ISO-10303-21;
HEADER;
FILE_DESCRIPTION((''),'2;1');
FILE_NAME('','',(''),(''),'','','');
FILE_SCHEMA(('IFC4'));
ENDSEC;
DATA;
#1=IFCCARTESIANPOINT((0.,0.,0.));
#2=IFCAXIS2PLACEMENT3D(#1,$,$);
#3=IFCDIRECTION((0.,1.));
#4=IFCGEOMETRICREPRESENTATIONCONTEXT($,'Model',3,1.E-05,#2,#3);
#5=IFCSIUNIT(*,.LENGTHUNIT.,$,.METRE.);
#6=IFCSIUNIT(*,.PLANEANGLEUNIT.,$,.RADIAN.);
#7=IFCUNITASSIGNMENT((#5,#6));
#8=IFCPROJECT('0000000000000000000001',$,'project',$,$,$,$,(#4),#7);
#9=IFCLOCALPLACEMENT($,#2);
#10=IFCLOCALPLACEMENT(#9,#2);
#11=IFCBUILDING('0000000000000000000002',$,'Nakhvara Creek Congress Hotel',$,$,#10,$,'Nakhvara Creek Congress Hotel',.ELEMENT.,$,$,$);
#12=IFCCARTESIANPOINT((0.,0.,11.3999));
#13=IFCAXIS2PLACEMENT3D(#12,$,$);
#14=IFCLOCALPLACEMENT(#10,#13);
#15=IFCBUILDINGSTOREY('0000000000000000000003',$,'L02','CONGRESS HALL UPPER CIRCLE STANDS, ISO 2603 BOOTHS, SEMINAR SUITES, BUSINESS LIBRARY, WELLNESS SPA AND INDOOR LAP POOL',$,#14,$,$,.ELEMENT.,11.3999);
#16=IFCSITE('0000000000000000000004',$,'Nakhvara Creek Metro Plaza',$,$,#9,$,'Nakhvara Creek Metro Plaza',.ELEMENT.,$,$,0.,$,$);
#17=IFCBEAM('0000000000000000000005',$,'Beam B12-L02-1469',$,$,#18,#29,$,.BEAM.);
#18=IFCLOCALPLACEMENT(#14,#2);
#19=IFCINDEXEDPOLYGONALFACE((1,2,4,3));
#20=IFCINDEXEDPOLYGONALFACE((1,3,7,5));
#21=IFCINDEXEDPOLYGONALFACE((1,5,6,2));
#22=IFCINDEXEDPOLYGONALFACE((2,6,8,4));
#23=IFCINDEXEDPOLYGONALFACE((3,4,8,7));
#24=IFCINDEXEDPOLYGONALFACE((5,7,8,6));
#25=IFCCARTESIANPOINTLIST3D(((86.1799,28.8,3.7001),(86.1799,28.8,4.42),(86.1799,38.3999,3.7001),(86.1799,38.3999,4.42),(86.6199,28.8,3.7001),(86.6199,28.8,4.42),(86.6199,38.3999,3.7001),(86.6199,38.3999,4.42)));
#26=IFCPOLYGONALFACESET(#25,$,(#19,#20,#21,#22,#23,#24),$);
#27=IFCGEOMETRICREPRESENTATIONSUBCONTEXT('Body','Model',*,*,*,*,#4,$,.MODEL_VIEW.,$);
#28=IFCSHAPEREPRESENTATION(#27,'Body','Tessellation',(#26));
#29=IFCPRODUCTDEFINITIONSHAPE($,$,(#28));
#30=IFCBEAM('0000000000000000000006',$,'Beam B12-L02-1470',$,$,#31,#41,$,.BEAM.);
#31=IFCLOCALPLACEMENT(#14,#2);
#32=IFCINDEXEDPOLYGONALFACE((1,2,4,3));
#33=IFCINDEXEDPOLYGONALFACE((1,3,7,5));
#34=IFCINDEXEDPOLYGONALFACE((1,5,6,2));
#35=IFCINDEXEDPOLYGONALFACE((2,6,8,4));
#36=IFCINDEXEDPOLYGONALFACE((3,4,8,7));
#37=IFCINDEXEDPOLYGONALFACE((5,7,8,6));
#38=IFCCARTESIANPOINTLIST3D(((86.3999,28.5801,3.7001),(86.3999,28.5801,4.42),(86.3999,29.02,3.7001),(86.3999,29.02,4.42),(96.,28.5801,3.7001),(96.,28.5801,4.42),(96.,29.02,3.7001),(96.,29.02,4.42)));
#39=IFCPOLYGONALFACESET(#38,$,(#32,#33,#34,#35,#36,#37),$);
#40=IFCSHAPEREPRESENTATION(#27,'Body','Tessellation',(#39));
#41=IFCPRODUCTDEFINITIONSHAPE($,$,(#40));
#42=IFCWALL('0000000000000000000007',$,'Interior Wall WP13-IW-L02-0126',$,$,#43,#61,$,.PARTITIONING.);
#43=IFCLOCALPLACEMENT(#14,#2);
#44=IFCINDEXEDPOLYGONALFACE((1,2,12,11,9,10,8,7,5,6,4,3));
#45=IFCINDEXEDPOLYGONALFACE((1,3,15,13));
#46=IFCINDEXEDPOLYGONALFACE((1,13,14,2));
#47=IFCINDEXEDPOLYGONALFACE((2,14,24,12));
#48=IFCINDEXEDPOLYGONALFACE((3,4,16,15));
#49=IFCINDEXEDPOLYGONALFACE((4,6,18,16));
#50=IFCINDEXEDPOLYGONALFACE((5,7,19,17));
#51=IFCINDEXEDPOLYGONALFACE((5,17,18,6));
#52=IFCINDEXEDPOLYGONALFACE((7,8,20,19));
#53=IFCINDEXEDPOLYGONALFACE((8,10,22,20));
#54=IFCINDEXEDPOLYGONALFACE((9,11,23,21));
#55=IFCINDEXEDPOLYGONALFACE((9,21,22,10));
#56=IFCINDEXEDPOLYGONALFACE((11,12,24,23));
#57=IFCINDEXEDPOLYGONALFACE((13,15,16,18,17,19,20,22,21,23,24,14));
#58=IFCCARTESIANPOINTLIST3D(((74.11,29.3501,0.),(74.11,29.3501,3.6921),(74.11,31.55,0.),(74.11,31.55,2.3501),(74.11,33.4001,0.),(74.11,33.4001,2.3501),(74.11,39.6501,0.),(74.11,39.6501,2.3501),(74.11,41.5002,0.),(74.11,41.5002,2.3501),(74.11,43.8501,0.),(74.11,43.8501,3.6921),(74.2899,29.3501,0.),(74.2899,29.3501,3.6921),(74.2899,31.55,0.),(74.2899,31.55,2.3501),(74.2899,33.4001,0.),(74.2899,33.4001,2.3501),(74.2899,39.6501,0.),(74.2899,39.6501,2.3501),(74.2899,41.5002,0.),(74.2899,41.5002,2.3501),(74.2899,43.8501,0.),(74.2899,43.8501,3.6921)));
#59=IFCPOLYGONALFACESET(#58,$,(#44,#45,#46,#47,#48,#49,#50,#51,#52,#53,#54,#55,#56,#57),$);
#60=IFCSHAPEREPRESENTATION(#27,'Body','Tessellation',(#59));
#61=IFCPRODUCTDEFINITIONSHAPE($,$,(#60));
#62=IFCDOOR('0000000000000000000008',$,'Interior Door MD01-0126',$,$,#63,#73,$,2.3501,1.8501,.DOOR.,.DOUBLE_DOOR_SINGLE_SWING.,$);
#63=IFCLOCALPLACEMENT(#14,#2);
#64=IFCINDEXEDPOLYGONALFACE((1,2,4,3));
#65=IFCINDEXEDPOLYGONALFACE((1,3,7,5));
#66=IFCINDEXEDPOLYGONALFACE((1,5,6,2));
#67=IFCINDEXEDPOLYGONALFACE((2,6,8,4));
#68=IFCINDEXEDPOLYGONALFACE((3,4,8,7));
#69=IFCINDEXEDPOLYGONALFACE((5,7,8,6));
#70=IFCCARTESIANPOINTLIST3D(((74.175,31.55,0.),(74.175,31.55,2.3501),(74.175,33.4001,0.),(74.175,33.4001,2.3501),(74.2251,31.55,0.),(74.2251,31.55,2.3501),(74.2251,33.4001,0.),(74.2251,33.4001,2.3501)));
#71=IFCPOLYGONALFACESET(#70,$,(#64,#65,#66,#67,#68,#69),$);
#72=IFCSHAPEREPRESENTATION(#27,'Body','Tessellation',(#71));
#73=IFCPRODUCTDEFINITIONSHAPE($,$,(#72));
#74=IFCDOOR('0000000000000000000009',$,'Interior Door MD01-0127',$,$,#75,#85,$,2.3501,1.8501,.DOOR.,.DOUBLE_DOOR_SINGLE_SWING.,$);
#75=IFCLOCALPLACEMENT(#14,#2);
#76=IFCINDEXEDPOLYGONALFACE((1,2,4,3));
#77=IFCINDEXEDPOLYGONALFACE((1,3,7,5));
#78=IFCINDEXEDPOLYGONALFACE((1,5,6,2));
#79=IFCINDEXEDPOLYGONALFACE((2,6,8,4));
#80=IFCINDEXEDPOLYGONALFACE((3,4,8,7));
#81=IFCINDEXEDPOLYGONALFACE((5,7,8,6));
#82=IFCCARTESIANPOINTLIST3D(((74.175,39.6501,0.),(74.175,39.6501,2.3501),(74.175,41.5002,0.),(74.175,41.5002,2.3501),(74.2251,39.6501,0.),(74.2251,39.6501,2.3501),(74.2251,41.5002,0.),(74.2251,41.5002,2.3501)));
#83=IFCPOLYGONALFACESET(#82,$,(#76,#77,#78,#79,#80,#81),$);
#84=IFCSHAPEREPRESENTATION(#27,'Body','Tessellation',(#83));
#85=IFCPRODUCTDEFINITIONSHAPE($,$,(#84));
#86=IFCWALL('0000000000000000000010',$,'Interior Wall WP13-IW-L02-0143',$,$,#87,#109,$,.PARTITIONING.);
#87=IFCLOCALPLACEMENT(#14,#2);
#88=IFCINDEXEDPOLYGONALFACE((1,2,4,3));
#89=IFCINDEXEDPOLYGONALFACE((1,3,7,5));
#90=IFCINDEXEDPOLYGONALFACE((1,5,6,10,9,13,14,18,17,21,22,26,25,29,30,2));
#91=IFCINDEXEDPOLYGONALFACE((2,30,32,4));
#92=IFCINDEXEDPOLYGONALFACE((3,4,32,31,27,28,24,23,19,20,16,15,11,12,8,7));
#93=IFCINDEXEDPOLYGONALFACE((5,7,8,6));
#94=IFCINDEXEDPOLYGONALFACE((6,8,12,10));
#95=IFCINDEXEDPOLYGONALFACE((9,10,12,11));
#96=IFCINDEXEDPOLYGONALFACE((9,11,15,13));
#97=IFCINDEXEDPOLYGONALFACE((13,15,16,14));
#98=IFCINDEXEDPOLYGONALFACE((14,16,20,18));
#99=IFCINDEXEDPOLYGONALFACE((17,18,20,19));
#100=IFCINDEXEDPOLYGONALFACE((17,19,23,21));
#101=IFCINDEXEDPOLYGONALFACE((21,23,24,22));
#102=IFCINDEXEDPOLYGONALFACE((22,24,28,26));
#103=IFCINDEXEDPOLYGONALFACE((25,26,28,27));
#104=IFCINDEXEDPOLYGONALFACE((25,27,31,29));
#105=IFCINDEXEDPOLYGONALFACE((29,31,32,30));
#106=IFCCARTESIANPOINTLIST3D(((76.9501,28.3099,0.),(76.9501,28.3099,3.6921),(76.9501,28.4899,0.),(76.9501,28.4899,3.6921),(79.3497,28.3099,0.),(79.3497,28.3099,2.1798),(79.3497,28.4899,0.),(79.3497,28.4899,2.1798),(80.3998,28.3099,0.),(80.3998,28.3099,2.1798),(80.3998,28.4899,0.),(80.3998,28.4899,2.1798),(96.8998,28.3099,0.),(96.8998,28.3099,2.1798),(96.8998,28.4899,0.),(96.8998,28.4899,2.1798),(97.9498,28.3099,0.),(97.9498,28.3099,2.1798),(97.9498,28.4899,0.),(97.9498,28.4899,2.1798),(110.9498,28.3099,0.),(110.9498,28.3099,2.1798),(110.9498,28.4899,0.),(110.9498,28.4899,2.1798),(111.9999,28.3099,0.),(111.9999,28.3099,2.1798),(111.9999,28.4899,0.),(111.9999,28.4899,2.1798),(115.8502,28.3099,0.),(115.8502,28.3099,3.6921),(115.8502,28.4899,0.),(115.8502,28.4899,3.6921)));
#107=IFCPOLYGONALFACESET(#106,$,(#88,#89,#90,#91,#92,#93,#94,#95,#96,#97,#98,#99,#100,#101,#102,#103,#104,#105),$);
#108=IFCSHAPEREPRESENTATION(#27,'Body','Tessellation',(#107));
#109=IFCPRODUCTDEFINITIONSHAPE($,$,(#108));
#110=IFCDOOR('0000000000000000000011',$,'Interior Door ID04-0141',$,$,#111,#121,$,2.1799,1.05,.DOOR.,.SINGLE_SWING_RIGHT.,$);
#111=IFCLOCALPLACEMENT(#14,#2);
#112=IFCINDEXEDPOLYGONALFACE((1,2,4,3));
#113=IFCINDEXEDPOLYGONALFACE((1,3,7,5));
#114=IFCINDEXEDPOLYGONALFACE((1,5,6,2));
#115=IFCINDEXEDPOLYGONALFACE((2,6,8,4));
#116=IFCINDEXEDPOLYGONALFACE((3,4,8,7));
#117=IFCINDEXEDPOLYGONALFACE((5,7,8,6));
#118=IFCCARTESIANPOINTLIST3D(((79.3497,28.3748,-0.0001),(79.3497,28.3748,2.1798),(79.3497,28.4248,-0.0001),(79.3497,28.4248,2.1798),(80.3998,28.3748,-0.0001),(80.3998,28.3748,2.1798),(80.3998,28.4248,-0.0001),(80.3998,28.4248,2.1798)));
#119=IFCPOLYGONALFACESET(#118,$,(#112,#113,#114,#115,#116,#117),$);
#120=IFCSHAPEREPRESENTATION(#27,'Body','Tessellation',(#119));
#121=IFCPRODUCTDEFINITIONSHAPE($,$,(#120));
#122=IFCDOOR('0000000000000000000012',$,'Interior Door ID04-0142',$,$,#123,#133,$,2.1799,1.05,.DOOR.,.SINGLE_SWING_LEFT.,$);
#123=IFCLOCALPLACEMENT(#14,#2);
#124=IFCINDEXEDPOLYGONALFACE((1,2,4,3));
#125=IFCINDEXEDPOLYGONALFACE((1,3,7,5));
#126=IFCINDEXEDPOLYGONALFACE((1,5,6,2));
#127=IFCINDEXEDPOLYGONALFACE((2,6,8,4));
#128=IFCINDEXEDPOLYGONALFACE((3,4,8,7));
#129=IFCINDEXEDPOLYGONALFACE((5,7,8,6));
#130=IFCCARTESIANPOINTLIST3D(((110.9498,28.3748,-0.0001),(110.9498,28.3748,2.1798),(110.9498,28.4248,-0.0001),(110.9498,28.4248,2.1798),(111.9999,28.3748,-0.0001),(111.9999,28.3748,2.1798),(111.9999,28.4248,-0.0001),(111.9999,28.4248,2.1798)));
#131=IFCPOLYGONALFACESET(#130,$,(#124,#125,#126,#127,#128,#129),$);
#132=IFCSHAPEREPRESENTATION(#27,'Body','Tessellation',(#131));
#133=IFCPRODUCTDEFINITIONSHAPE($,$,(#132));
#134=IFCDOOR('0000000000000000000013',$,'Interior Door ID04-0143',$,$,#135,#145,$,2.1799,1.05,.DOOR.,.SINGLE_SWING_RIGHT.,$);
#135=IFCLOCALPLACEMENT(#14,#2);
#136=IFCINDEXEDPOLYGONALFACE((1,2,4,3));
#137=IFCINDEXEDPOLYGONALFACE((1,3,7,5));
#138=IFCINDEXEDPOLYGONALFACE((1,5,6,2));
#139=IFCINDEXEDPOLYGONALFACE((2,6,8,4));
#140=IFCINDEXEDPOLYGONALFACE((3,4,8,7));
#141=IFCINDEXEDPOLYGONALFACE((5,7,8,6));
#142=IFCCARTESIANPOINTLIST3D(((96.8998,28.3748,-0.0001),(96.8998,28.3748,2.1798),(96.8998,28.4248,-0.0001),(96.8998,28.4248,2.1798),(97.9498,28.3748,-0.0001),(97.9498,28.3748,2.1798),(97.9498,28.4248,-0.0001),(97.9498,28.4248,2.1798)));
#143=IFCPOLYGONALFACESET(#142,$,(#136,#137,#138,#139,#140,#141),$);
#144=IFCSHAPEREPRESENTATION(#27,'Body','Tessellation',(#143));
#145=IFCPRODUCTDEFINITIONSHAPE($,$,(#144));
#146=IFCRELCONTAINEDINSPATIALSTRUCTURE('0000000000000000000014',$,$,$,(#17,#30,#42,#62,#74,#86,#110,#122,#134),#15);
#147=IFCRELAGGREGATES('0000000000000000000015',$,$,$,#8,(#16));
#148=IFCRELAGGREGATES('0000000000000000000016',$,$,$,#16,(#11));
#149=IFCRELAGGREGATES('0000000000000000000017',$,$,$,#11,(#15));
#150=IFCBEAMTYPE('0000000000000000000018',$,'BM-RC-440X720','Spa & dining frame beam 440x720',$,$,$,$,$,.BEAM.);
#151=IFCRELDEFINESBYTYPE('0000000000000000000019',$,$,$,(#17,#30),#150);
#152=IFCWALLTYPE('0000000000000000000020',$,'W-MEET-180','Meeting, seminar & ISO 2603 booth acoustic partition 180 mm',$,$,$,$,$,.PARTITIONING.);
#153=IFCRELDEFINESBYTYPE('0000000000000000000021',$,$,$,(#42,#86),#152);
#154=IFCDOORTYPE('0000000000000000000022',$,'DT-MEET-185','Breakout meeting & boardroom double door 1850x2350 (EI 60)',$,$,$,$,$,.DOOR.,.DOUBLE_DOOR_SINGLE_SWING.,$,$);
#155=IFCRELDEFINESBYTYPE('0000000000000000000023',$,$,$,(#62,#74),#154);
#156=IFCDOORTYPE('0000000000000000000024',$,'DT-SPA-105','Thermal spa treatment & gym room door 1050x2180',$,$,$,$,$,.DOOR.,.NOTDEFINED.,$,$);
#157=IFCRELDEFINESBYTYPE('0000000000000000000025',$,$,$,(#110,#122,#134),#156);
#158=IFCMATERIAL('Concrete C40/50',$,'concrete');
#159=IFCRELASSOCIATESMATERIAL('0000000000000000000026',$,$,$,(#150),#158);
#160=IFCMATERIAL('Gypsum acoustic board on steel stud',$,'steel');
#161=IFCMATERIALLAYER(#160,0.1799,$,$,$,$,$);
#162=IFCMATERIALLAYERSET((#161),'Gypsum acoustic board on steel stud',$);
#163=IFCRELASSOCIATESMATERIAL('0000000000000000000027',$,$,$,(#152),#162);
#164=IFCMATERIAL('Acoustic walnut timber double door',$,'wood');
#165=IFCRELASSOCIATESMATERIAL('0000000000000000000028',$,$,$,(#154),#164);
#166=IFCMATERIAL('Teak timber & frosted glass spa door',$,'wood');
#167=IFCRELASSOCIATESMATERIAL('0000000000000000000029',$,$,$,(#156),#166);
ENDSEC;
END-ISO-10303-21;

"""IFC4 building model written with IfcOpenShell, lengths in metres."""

from ifc_helpers import new_model, si_unit, direction, frame, frame_2d, origin, origin_2d, place, context, subcontext, project, spatial, rectangle, extrude, material, layer, layer_set, material_profile, profile_set, type_object, element, fill, save


model = new_model("IFC4")

# Units and contexts
model_context = context("Model", 3, precision=1e-05, world=origin(), true_north=direction((0.0, 1.0)))
body_context = subcontext(model_context, "Body", "Model", "MODEL_VIEW")
ifc_project = project(units=[si_unit("LENGTHUNIT", "METRE"), si_unit("PLANEANGLEUNIT", "RADIAN")], contexts=[model_context])

# Site, building, storey
site_placement = place(None, origin())
site = spatial("IfcSite", under=ifc_project, at=site_placement, Name="Nakhvara Creek Metro Plaza", LongName="Nakhvara Creek Metro Plaza", CompositionType="ELEMENT", RefElevation=0.0)
building_placement = place(site_placement, origin())
building = spatial("IfcBuilding", under=site, at=building_placement, Name="Nakhvara Creek Congress Hotel", LongName="Nakhvara Creek Congress Hotel", CompositionType="ELEMENT")
storey_placement = place(building_placement, frame((0.0, 0.0, 11.3999)))
storey = spatial("IfcBuildingStorey", under=building, at=storey_placement, Name="L02", Description="CONGRESS HALL UPPER CIRCLE STANDS, ISO 2603 BOOTHS, SEMINAR SUITES, BUSINESS LIBRARY, WELLNESS SPA AND INDOOR LAP POOL", CompositionType="ELEMENT", Elevation=11.3999)

# Beams
ifc_material_1 = material(Name="Concrete C40/50", Category="concrete")
ifc_material_profile_1 = material_profile(ifc_material_1, rectangle(XDim=0.4399, YDim=0.72, at=origin_2d()), Name="RC-BM 440x720", Category="LoadBearing")
ifc_profile_set_1 = profile_set([ifc_material_profile_1], Name="Concrete C40/50")
beam_type_1 = type_object("IfcBeamType", Name="BM-RC-440X720", Description="Spa & dining frame beam 440x720", PredefinedType="BEAM", material=ifc_profile_set_1)
for number, where, z_axis, x_axis, name in (
    (1, (86.3999, 28.8, 4.0601), (0.0, 1.0, 0.0), (-1.0, 0.0, 0.0), "Beam B12-L02-1469"),
):
    element("IfcBeam", number, at=place(storey_placement, frame(where, z_axis=z_axis, x_axis=x_axis)), inside=storey, type_object=beam_type_1, Name=name, PredefinedType="BEAM", context=body_context, shape_type="SweptSolid", body=[
        extrude(rectangle(XDim=0.4399, YDim=0.72, at=origin_2d()), origin(), (0.0, 0.0, 1.0), 9.5999),
    ])
beam_1_placement = place(storey_placement, frame((86.3999, 28.8, 4.0601), z_axis=(1.0, 0.0, 0.0), x_axis=(0.0, 1.0, 0.0)))
element("IfcBeam", 2, at=beam_1_placement, inside=storey, type_object=beam_type_1, Name="Beam B12-L02-1470", PredefinedType="BEAM", context=body_context, shape_type="SweptSolid", body=[
    extrude(rectangle(XDim=0.4399, YDim=0.72, at=origin_2d()), origin(), (0.0, 0.0, 1.0), 9.6001),
])

# Walls, openings, doors
ifc_material_2 = material(Name="Gypsum acoustic board on steel stud", Category="steel")
ifc_layer_1 = layer(ifc_material_2, 0.1799)
ifc_layer_set_1 = layer_set([ifc_layer_1], Name="Gypsum acoustic board on steel stud")
wall_type = type_object("IfcWallType", Name="W-MEET-180", Description="Meeting, seminar & ISO 2603 booth acoustic partition 180 mm", PredefinedType="PARTITIONING", material=ifc_layer_set_1)
wall_1_placement = place(storey_placement, frame((74.2, 29.3501, 0.0), z_axis=(0.0, 0.0, 1.0), x_axis=(0.0, 1.0, 0.0)))
wall_1 = element("IfcWall", 3, at=wall_1_placement, inside=storey, type_object=wall_type, Name="Interior Wall WP13-IW-L02-0126", PredefinedType="PARTITIONING", context=body_context, shape_type="SweptSolid", body=[
    extrude(rectangle(XDim=14.5, YDim=0.1799, at=frame_2d((7.25, 0.0))), origin(), (0.0, 0.0, 1.0), 3.6921),
])
opening_1_placement = place(wall_1_placement, frame((2.2, 0.0, 0.0)))
opening_1 = element("IfcOpeningElement", 4, at=opening_1_placement, cuts=wall_1, PredefinedType="OPENING", context=body_context, shape_type="SweptSolid", body=[
    extrude(rectangle(XDim=1.8501, YDim=2.3501, at=frame_2d((0.925, 1.175))), frame((0.0, 0.1021, 0.0), z_axis=(0.0, -1.0, 0.0), x_axis=(1.0, 0.0, 0.0)), (0.0, 0.0, 1.0), 0.2039),
])
opening_2_placement = place(wall_1_placement, frame((10.3, 0.0, 0.0)))
opening_2 = element("IfcOpeningElement", 5, at=opening_2_placement, cuts=wall_1, PredefinedType="OPENING", context=body_context, shape_type="SweptSolid", body=[
    extrude(rectangle(XDim=1.8501, YDim=2.3501, at=frame_2d((0.925, 1.175))), frame((0.0, 0.1021, 0.0), z_axis=(0.0, -1.0, 0.0), x_axis=(1.0, 0.0, 0.0)), (0.0, 0.0, 1.0), 0.2039),
])
ifc_material_3 = material(Name="Acoustic walnut timber double door", Category="wood")
door_type_1 = type_object("IfcDoorType", Name="DT-MEET-185", Description="Breakout meeting & boardroom double door 1850x2350 (EI 60)", OperationType="DOUBLE_DOOR_SINGLE_SWING", PredefinedType="DOOR", material=ifc_material_3)
door_1_placement = place(opening_1_placement, origin())
door_1 = element("IfcDoor", 6, at=door_1_placement, inside=storey, type_object=door_type_1, Name="Interior Door MD01-0126", OperationType="DOUBLE_DOOR_SINGLE_SWING", OverallHeight=2.3501, OverallWidth=1.8501, PredefinedType="DOOR", context=body_context, shape_type="SweptSolid", body=[
    extrude(rectangle(XDim=1.8501, YDim=2.3501, at=frame_2d((0.925, 1.175))), frame((0.0, 0.0249, 0.0), z_axis=(0.0, -1.0, 0.0), x_axis=(1.0, 0.0, 0.0)), (0.0, 0.0, 1.0), 0.05),
])
fill(opening_1, door_1)
door_2_placement = place(opening_2_placement, origin())
door_2 = element("IfcDoor", 7, at=door_2_placement, inside=storey, type_object=door_type_1, Name="Interior Door MD01-0127", OperationType="DOUBLE_DOOR_SINGLE_SWING", OverallHeight=2.3501, OverallWidth=1.8501, PredefinedType="DOOR", context=body_context, shape_type="SweptSolid", body=[
    extrude(rectangle(XDim=1.8501, YDim=2.3501, at=frame_2d((0.925, 1.175))), frame((0.0, 0.0249, 0.0), z_axis=(0.0, -1.0, 0.0), x_axis=(1.0, 0.0, 0.0)), (0.0, 0.0, 1.0), 0.05),
])
fill(opening_2, door_2)
wall_2_placement = place(storey_placement, frame((76.95, 28.3999, 0.0), z_axis=(0.0, 0.0, 1.0), x_axis=(1.0, 0.0, 0.0)))
wall_2 = element("IfcWall", 8, at=wall_2_placement, inside=storey, type_object=wall_type, Name="Interior Wall WP13-IW-L02-0143", PredefinedType="PARTITIONING", context=body_context, shape_type="SweptSolid", body=[
    extrude(rectangle(XDim=38.9001, YDim=0.1799, at=frame_2d((19.4502, 0.0))), origin(), (0.0, 0.0, 1.0), 3.6921),
])
opening_3_placement = place(wall_2_placement, frame((2.3999, 0.0, 0.0)))
opening_3 = element("IfcOpeningElement", 9, at=opening_3_placement, cuts=wall_2, PredefinedType="OPENING", context=body_context, shape_type="SweptSolid", body=[
    extrude(rectangle(XDim=1.05, YDim=2.1799, at=frame_2d((0.5249, 1.0898))), frame((0.0, 0.1021, 0.0), z_axis=(0.0, -1.0, 0.0), x_axis=(1.0, 0.0, 0.0)), (0.0, 0.0, 1.0), 0.2039),
])
opening_4_placement = place(wall_2_placement, frame((34.0, 0.0, 0.0)))
opening_4 = element("IfcOpeningElement", 10, at=opening_4_placement, cuts=wall_2, PredefinedType="OPENING", context=body_context, shape_type="SweptSolid", body=[
    extrude(rectangle(XDim=1.05, YDim=2.1799, at=frame_2d((0.5249, 1.0898))), frame((0.0, 0.1021, 0.0), z_axis=(0.0, -1.0, 0.0), x_axis=(1.0, 0.0, 0.0)), (0.0, 0.0, 1.0), 0.2039),
])
opening_5_placement = place(wall_2_placement, frame((19.95, 0.0, 0.0)))
opening_5 = element("IfcOpeningElement", 11, at=opening_5_placement, cuts=wall_2, PredefinedType="OPENING", context=body_context, shape_type="SweptSolid", body=[
    extrude(rectangle(XDim=1.05, YDim=2.1799, at=frame_2d((0.5249, 1.0898))), frame((0.0, 0.1021, 0.0), z_axis=(0.0, -1.0, 0.0), x_axis=(1.0, 0.0, 0.0)), (0.0, 0.0, 1.0), 0.2039),
])
ifc_material_4 = material(Name="Teak timber & frosted glass spa door", Category="wood")
door_type_2 = type_object("IfcDoorType", Name="DT-SPA-105", Description="Thermal spa treatment & gym room door 1050x2180", OperationType="NOTDEFINED", PredefinedType="DOOR", material=ifc_material_4)
door_3_placement = place(opening_3_placement, origin())
door_3 = element("IfcDoor", 12, at=door_3_placement, inside=storey, type_object=door_type_2, Name="Interior Door ID04-0141", OperationType="SINGLE_SWING_RIGHT", OverallHeight=2.1799, OverallWidth=1.05, PredefinedType="DOOR", context=body_context, shape_type="SweptSolid", body=[
    extrude(rectangle(XDim=1.05, YDim=2.1799, at=frame_2d((0.5249, 1.0898))), frame((0.0, 0.0249, 0.0), z_axis=(0.0, -1.0, 0.0), x_axis=(1.0, 0.0, 0.0)), (0.0, 0.0, 1.0), 0.05),
])
fill(opening_3, door_3)
door_4_placement = place(opening_4_placement, origin())
door_4 = element("IfcDoor", 13, at=door_4_placement, inside=storey, type_object=door_type_2, Name="Interior Door ID04-0142", OperationType="SINGLE_SWING_LEFT", OverallHeight=2.1799, OverallWidth=1.05, PredefinedType="DOOR", context=body_context, shape_type="SweptSolid", body=[
    extrude(rectangle(XDim=1.05, YDim=2.1799, at=frame_2d((0.5249, 1.0898))), frame((0.0, 0.0249, 0.0), z_axis=(0.0, -1.0, 0.0), x_axis=(1.0, 0.0, 0.0)), (0.0, 0.0, 1.0), 0.05),
])
fill(opening_4, door_4)
door_5_placement = place(opening_5_placement, origin())
door_5 = element("IfcDoor", 14, at=door_5_placement, inside=storey, type_object=door_type_2, Name="Interior Door ID04-0143", OperationType="SINGLE_SWING_RIGHT", OverallHeight=2.1799, OverallWidth=1.05, PredefinedType="DOOR", context=body_context, shape_type="SweptSolid", body=[
    extrude(rectangle(XDim=1.05, YDim=2.1799, at=frame_2d((0.5249, 1.0898))), frame((0.0, 0.0249, 0.0), z_axis=(0.0, -1.0, 0.0), x_axis=(1.0, 0.0, 0.0)), (0.0, 0.0, 1.0), 0.05),
])
fill(opening_5, door_5)

save(model, "model.ifc")
